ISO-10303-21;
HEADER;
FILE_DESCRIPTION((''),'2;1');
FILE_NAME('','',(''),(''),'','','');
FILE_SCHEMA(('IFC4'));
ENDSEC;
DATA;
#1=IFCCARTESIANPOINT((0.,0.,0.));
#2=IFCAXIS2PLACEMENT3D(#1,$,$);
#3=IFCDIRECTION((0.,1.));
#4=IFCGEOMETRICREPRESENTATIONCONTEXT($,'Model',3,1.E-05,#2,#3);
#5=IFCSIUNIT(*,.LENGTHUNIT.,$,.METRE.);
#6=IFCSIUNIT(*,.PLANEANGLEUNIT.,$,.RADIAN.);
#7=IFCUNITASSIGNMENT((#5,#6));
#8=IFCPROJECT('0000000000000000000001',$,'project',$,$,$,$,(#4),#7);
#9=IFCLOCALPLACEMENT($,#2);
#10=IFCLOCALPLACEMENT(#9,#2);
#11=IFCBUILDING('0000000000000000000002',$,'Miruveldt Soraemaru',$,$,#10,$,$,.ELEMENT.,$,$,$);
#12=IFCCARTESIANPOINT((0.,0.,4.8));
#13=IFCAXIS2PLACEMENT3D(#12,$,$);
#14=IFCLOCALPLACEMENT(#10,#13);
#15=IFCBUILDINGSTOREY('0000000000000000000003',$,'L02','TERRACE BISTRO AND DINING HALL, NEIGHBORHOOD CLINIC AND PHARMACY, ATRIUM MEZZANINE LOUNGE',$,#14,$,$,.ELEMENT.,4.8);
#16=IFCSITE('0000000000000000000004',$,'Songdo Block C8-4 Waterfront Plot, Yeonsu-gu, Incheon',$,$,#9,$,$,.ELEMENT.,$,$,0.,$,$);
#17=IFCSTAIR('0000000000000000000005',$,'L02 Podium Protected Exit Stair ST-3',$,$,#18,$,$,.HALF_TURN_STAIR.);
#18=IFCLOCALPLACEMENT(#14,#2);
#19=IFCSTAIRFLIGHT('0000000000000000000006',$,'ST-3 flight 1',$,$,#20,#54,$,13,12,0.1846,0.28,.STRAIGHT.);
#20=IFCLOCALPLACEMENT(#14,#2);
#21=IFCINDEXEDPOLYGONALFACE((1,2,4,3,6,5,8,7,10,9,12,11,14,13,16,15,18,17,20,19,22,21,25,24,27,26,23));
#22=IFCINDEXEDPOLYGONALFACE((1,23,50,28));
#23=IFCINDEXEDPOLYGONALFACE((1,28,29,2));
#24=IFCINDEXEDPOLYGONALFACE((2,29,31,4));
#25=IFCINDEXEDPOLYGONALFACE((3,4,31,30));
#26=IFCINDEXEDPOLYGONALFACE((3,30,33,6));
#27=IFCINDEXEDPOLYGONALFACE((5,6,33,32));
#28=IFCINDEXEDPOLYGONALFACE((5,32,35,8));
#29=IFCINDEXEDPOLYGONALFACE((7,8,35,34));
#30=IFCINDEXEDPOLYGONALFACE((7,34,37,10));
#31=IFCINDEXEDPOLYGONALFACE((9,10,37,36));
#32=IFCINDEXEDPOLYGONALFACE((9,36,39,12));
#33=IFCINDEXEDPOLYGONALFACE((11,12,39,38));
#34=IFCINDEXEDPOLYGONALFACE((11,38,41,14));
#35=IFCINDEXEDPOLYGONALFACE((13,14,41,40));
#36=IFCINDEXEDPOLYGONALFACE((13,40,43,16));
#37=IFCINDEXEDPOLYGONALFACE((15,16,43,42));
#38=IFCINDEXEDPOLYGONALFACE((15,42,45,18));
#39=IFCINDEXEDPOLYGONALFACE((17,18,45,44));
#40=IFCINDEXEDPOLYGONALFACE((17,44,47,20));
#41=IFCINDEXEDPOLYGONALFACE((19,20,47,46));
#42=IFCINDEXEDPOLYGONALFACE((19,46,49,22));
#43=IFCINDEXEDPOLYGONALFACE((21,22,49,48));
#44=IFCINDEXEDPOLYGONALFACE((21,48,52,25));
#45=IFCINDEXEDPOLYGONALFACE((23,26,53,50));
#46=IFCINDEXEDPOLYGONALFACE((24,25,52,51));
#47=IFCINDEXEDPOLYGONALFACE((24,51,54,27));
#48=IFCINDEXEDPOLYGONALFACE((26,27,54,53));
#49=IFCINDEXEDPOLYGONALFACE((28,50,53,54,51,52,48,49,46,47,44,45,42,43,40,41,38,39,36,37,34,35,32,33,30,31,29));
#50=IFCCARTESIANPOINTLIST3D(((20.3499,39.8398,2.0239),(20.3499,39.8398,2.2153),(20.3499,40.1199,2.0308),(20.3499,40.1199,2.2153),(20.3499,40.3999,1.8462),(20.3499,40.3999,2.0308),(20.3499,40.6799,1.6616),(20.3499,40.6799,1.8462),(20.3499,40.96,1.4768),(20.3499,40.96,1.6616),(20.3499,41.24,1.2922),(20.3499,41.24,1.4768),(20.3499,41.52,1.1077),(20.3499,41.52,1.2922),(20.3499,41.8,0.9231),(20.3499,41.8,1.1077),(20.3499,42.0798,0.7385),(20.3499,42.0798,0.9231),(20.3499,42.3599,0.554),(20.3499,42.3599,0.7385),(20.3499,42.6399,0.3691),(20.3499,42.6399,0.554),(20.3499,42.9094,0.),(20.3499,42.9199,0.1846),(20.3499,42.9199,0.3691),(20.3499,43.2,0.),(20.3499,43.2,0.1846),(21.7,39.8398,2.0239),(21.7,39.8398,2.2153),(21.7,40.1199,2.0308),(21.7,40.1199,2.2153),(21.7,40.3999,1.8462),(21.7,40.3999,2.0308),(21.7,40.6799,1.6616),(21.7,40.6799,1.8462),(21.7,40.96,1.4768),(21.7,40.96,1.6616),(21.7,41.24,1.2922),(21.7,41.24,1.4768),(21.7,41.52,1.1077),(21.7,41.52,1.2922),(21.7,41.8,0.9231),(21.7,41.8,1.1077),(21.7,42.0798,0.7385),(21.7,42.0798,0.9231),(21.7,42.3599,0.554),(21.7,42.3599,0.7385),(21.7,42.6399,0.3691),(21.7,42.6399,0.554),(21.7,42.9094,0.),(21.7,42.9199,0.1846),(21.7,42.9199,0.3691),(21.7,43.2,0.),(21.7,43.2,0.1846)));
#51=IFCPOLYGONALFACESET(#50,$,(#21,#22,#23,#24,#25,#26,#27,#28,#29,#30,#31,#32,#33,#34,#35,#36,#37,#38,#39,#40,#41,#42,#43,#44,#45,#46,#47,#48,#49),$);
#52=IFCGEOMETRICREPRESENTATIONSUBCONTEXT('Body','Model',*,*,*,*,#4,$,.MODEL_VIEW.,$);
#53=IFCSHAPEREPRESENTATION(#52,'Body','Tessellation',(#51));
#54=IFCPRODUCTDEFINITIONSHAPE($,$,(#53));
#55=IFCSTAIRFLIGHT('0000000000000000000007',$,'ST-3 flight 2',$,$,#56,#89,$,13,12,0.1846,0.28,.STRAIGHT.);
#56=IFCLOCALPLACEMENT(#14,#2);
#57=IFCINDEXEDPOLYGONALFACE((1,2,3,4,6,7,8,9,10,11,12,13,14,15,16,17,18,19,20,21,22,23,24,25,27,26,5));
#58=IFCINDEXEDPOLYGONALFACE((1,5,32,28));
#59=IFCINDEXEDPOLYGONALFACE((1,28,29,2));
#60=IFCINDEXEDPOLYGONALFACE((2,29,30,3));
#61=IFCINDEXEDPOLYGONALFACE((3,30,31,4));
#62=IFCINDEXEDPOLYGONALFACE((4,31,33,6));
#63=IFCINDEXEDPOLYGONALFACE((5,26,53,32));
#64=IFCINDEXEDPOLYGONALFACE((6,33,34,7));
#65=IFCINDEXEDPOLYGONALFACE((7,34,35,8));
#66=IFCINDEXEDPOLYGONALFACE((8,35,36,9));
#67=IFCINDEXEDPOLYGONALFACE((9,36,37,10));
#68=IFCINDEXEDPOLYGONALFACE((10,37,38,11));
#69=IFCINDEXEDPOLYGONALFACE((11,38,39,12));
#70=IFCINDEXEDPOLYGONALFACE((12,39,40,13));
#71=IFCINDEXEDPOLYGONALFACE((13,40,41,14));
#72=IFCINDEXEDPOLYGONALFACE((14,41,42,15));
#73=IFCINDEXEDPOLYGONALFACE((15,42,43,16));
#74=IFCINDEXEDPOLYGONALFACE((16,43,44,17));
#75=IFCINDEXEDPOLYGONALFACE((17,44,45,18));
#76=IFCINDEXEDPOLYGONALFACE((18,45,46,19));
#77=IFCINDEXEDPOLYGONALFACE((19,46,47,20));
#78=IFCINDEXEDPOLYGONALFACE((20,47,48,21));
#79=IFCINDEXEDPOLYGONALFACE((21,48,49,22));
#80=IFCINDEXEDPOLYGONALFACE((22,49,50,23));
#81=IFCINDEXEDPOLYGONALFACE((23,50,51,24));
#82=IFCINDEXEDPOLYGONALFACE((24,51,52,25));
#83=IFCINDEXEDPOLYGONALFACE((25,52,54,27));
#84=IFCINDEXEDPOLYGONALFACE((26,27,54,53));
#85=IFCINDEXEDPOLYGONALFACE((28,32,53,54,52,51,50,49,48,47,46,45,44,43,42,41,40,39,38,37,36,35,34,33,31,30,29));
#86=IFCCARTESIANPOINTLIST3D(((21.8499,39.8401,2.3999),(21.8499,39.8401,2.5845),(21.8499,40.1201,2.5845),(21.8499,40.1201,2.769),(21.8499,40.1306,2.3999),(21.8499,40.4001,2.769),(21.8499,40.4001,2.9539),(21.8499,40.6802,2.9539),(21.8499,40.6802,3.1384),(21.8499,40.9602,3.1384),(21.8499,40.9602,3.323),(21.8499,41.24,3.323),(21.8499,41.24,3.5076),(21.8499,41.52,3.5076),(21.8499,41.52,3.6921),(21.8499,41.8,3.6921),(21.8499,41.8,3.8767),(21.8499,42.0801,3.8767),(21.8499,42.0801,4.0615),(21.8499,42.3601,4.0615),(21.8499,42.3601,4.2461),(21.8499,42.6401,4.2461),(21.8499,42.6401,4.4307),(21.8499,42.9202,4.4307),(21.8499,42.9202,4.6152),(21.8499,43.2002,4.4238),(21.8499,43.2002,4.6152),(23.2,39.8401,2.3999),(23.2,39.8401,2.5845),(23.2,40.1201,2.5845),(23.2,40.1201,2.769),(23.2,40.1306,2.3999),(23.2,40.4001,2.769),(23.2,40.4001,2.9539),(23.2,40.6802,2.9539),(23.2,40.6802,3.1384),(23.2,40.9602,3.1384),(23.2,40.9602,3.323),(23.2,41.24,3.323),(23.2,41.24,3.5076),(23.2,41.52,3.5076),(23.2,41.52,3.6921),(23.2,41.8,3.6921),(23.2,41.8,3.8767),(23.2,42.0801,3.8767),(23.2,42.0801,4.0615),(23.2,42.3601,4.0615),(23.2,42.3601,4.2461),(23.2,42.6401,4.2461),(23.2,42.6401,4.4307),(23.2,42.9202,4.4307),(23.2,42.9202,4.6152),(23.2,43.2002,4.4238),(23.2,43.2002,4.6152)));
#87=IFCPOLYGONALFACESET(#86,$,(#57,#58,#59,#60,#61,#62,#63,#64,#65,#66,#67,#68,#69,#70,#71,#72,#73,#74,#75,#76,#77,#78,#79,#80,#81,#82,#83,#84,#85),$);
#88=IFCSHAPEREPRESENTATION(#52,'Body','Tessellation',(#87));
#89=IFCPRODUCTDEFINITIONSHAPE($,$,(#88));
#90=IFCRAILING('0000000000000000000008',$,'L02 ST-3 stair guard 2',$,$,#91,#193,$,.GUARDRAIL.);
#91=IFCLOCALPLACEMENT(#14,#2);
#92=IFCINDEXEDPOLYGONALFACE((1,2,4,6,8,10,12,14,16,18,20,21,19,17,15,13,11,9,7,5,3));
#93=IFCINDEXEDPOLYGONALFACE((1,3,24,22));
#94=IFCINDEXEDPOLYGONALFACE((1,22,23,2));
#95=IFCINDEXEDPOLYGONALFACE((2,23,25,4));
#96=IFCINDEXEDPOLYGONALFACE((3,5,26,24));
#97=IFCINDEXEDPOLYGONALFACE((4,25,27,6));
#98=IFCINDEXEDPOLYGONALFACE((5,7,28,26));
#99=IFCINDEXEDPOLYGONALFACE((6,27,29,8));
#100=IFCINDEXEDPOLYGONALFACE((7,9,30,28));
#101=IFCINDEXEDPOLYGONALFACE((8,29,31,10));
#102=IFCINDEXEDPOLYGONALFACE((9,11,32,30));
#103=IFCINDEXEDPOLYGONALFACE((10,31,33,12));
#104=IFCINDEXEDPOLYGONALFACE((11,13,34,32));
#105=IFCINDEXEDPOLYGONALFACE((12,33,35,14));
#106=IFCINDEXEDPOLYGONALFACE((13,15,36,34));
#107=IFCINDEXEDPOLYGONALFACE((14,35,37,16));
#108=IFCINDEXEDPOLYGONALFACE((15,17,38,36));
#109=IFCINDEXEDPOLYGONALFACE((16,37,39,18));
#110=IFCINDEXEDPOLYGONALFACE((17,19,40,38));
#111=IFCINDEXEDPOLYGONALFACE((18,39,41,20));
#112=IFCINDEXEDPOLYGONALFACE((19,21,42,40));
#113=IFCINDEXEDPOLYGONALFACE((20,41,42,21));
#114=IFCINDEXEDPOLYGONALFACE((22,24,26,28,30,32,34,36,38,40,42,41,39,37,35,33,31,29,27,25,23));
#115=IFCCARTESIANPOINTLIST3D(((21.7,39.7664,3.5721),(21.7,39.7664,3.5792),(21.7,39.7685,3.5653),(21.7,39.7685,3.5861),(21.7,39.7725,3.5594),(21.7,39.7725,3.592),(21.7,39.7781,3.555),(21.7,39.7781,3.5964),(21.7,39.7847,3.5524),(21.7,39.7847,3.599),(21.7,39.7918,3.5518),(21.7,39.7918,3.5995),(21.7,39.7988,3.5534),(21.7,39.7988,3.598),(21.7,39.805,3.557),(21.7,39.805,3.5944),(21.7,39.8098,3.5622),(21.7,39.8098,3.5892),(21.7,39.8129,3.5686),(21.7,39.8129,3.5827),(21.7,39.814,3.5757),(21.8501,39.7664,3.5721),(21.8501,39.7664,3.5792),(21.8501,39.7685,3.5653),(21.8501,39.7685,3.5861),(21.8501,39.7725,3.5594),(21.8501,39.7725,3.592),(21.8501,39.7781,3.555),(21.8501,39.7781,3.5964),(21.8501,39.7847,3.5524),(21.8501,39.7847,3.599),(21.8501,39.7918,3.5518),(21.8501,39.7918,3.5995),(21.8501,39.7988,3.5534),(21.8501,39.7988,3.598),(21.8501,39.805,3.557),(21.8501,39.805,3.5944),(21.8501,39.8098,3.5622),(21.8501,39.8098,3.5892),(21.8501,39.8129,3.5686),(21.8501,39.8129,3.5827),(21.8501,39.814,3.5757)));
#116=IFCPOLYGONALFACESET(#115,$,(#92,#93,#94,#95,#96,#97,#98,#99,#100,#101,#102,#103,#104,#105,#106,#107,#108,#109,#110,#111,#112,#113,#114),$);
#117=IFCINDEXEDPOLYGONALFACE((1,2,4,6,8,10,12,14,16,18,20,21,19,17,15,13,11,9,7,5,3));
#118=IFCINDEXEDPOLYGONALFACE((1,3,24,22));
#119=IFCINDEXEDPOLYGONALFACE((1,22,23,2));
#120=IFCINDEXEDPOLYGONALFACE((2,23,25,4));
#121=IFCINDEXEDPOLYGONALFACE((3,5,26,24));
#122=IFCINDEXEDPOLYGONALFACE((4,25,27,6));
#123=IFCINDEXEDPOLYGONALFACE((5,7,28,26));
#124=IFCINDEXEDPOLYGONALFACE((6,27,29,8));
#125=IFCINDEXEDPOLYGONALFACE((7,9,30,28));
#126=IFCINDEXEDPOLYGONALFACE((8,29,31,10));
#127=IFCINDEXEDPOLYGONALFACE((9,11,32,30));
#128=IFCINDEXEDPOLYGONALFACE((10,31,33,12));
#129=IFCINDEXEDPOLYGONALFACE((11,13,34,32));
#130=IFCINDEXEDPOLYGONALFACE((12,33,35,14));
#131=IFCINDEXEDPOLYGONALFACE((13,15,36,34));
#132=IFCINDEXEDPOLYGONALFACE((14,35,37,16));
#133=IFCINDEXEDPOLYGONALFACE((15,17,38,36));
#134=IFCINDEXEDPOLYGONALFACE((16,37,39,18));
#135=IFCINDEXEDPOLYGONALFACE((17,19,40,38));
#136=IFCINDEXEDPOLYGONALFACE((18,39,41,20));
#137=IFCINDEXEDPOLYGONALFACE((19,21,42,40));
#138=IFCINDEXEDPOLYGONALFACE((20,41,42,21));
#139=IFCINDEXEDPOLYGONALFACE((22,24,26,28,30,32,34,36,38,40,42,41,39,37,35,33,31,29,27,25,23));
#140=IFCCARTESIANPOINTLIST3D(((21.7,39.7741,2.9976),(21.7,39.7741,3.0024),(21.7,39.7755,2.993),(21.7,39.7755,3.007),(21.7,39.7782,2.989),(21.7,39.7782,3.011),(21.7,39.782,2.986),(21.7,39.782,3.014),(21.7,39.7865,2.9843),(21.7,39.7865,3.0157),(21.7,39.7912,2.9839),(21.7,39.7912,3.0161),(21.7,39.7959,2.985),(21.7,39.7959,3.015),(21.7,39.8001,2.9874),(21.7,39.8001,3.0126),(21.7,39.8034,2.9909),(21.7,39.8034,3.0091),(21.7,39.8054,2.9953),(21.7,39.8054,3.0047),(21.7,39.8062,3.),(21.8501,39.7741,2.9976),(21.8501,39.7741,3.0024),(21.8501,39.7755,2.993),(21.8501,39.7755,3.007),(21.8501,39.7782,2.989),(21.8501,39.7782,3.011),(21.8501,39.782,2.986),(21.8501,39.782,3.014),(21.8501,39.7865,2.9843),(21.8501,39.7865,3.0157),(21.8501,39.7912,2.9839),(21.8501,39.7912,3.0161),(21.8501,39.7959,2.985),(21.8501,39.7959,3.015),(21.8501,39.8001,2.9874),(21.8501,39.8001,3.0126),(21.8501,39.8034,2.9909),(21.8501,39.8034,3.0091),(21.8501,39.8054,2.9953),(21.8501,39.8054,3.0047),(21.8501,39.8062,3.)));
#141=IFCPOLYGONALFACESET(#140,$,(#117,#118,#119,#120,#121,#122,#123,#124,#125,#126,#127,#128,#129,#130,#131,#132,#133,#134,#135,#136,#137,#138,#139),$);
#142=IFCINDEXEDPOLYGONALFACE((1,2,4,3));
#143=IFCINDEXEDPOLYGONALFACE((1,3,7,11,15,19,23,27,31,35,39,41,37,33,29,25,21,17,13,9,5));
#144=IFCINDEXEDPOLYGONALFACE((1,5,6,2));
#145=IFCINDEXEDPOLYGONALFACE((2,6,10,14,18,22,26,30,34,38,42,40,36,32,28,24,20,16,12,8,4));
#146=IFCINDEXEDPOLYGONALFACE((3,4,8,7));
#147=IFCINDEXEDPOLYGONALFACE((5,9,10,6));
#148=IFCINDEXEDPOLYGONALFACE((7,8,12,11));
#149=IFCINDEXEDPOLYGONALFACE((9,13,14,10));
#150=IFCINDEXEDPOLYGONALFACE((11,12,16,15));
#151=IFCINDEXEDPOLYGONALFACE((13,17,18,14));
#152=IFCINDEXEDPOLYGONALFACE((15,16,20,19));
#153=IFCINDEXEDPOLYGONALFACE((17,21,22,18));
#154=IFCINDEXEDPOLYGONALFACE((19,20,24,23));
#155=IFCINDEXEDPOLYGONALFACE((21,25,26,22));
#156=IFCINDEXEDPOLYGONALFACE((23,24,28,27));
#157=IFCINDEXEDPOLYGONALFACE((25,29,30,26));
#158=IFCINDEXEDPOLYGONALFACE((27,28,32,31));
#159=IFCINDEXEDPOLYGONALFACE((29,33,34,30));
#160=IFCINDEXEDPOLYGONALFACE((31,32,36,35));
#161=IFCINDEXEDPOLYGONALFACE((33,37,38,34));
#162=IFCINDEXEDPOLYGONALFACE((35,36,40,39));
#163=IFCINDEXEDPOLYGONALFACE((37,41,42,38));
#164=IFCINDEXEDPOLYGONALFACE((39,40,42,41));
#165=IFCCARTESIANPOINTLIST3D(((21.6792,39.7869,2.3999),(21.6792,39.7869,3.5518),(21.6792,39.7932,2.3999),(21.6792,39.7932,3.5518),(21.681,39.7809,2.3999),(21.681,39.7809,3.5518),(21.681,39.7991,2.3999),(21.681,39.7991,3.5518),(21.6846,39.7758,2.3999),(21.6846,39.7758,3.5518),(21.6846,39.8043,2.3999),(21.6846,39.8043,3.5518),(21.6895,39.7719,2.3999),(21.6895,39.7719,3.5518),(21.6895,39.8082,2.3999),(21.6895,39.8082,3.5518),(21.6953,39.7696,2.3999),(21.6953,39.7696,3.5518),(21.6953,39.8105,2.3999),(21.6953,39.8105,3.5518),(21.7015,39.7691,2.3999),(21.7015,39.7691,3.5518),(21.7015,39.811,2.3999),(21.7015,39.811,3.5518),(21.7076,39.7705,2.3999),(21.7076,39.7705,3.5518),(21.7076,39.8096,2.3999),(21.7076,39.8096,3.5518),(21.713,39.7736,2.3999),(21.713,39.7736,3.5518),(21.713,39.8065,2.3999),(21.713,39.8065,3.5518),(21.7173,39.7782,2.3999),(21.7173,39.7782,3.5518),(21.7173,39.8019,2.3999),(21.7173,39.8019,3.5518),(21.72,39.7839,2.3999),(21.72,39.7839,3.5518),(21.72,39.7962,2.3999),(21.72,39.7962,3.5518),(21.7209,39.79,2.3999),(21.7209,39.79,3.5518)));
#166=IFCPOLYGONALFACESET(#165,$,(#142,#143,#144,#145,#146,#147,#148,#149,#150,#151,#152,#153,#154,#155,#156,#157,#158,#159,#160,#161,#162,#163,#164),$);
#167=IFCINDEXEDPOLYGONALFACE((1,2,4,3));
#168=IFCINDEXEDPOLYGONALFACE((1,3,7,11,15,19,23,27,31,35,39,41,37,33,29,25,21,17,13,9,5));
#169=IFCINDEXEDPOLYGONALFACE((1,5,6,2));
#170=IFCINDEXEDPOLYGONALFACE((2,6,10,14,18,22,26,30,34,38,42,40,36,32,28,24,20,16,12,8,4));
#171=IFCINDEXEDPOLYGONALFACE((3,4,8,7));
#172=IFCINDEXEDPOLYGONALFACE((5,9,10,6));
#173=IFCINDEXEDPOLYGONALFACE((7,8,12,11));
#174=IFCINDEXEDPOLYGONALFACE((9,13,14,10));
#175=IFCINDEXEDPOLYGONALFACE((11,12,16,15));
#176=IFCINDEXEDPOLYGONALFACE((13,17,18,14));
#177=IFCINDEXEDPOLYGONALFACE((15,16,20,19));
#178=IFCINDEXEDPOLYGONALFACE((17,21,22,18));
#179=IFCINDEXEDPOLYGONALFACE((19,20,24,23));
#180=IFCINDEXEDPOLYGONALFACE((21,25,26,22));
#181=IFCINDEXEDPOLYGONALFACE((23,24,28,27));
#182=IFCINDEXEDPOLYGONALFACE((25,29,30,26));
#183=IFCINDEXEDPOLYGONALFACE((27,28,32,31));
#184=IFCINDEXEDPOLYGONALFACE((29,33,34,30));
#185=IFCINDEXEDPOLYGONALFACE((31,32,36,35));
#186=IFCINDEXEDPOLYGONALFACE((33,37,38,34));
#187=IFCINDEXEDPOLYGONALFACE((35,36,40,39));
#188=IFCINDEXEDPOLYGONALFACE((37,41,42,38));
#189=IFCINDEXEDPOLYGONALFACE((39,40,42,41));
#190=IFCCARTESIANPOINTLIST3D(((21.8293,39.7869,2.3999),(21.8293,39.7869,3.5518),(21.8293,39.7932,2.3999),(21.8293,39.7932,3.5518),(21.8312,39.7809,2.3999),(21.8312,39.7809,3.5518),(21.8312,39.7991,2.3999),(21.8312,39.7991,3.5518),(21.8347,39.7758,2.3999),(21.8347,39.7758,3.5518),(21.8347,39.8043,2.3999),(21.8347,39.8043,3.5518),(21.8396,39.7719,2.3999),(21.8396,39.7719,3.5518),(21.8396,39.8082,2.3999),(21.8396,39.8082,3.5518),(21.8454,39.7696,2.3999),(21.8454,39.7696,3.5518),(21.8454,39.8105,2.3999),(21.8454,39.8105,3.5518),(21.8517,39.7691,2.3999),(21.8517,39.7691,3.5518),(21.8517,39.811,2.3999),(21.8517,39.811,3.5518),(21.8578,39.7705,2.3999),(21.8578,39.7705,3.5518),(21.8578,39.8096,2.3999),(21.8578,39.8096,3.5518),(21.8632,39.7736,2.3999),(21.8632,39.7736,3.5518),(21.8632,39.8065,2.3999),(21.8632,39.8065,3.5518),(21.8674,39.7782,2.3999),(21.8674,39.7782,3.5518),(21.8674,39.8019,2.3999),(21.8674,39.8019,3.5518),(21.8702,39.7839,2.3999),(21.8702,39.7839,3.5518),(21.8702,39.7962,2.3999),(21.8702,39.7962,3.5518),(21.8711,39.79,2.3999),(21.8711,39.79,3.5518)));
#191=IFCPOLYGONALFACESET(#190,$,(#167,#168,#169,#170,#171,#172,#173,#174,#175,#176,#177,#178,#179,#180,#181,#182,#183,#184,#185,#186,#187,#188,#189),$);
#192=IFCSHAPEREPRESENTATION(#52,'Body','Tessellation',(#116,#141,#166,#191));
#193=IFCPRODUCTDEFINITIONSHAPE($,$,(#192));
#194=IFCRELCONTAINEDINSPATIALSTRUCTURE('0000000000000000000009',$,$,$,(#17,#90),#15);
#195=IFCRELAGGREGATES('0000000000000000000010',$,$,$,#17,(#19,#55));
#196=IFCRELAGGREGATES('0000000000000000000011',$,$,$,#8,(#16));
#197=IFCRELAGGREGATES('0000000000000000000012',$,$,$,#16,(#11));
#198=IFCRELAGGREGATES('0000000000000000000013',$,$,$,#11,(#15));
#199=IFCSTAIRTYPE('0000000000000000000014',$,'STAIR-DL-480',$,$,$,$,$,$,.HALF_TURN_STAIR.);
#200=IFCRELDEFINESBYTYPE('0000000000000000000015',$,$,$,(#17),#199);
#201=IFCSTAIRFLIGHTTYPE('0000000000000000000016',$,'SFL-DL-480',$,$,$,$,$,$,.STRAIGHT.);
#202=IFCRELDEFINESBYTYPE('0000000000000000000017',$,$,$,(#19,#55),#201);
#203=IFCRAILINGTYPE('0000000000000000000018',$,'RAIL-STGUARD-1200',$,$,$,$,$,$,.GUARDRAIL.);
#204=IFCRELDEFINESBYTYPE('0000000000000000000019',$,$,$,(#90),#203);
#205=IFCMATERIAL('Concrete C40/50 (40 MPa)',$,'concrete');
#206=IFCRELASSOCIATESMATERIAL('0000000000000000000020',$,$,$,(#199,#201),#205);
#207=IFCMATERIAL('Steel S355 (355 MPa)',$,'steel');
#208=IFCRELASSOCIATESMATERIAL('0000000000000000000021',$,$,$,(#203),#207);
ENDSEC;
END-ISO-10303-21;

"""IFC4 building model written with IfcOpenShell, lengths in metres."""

from ifc_helpers import new_model, si_unit, direction, frame, origin, origin_2d, place, context, subcontext, project, spatial, polyline, circle, outline, extrude, material, type_object, element, aggregate, save


model = new_model("IFC4")

# Units and contexts
model_context = context("Model", 3, precision=1e-05, world=origin(), true_north=direction((0.0, 1.0)))
body_context = subcontext(model_context, "Body", "Model", "MODEL_VIEW")
ifc_project = project(units=[si_unit("LENGTHUNIT", "METRE"), si_unit("PLANEANGLEUNIT", "RADIAN")], contexts=[model_context])

# Site, building, storey
site_placement = place(None, origin())
site = spatial("IfcSite", under=ifc_project, at=site_placement, Name="Songdo Block C8-4 Waterfront Plot, Yeonsu-gu, Incheon", CompositionType="ELEMENT", RefElevation=0.0)
building_placement = place(site_placement, origin())
building = spatial("IfcBuilding", under=site, at=building_placement, Name="Miruveldt Soraemaru", CompositionType="ELEMENT")
storey_placement = place(building_placement, frame((0.0, 0.0, 4.8)))
storey = spatial("IfcBuildingStorey", under=building, at=storey_placement, Name="L02", Description="TERRACE BISTRO AND DINING HALL, NEIGHBORHOOD CLINIC AND PHARMACY, ATRIUM MEZZANINE LOUNGE", CompositionType="ELEMENT", Elevation=4.8)

# Shared definitions
ifc_material_1 = material(Name="Concrete C40/50 (40 MPa)", Category="concrete")

# Stair, stair flights
stair_type = type_object("IfcStairType", Name="STAIR-DL-480", PredefinedType="HALF_TURN_STAIR", material=ifc_material_1)
stair_placement = place(storey_placement, origin())
stair = element("IfcStair", 1, at=stair_placement, inside=storey, type_object=stair_type, Name="L02 Podium Protected Exit Stair ST-3", PredefinedType="HALF_TURN_STAIR")
stair_flight_type = type_object("IfcStairFlightType", Name="SFL-DL-480", PredefinedType="STRAIGHT", material=ifc_material_1)
stair_flight_1_placement = place(storey_placement, frame((21.0249, 43.2, 0.0), z_axis=(0.0, 0.0, 1.0), x_axis=(0.0, -1.0, 0.0)))
stair_flight_1 = element("IfcStairFlight", 2, at=stair_flight_1_placement, type_object=stair_flight_type, Name="ST-3 flight 1", NumberOfRisers=13, NumberOfTreads=12, PredefinedType="STRAIGHT", RiserHeight=0.1846, TreadLength=0.28, context=body_context, shape_type="SweptSolid", body=[
    extrude(outline(polyline([(0.0, 0.0), (0.0, 0.1846), (0.28, 0.1846), (0.28, 0.3691), (0.5601, 0.3691), (0.5601, 0.554), (0.8401, 0.554), (0.8401, 0.7385), (1.1201, 0.7385), (1.1201, 0.9231), (1.3999, 0.9231), (1.3999, 1.1077), (1.6799, 1.1077), (1.6799, 1.2922), (1.96, 1.2922), (1.96, 1.4768), (2.24, 1.4768), (2.24, 1.6616), (2.52, 1.6616), (2.52, 1.8462), (2.8, 1.8462), (2.8, 2.0308), (3.0801, 2.0308), (3.0801, 2.2153), (3.3601, 2.2153), (3.3601, 2.3999), (3.3601, 2.0239), (0.2905, 0.0), (0.0, 0.0)])), frame((0.0, 0.675, 0.0), z_axis=(0.0, -1.0, 0.0), x_axis=(1.0, 0.0, 0.0)), (0.0, 0.0, 1.0), 1.3501),
])
stair_flight_2_placement = place(storey_placement, frame((22.5249, 39.8401, 2.3999), z_axis=(0.0, 0.0, 1.0), x_axis=(0.0, 1.0, 0.0)))
stair_flight_2 = element("IfcStairFlight", 3, at=stair_flight_2_placement, type_object=stair_flight_type, Name="ST-3 flight 2", NumberOfRisers=13, NumberOfTreads=12, PredefinedType="STRAIGHT", RiserHeight=0.1846, TreadLength=0.28, context=body_context, shape_type="SweptSolid", body=[
    extrude(outline(polyline([(0.0, 0.0), (0.0, 0.1846), (0.28, 0.1846), (0.28, 0.3691), (0.5601, 0.3691), (0.5601, 0.554), (0.8401, 0.554), (0.8401, 0.7385), (1.1201, 0.7385), (1.1201, 0.9231), (1.3999, 0.9231), (1.3999, 1.1077), (1.6799, 1.1077), (1.6799, 1.2922), (1.96, 1.2922), (1.96, 1.4768), (2.24, 1.4768), (2.24, 1.6616), (2.52, 1.6616), (2.52, 1.8462), (2.8, 1.8462), (2.8, 2.0308), (3.0801, 2.0308), (3.0801, 2.2153), (3.3601, 2.2153), (3.3601, 2.3999), (3.3601, 2.0239), (0.2905, 0.0), (0.0, 0.0)])), frame((0.0, 0.675, 0.0), z_axis=(0.0, -1.0, 0.0), x_axis=(1.0, 0.0, 0.0)), (0.0, 0.0, 1.0), 1.3501),
])
aggregate(stair, [stair_flight_1, stair_flight_2])

# Railing
ifc_material_2 = material(Name="Steel S355 (355 MPa)", Category="steel")
railing_type_1 = type_object("IfcRailingType", Name="RAIL-STGUARD-1200", PredefinedType="GUARDRAIL", material=ifc_material_2)
railing_1_placement = place(storey_placement, frame((21.7, 39.79, 2.3999)))
element("IfcRailing", 4, at=railing_1_placement, inside=storey, type_object=railing_type_1, Name="L02 ST-3 stair guard 2", PredefinedType="GUARDRAIL", context=body_context, shape_type="SweptSolid", body=[
    extrude(circle(Radius=0.0239, at=origin_2d()), frame((0.0, 0.0, 1.1758), z_axis=(1.0, 0.0, 0.0), x_axis=(0.0, 1.0, 0.0)), (0.0, 0.0, 1.0), 0.1501),
    extrude(circle(Radius=0.0161, at=origin_2d()), frame((0.0, 0.0, 0.6001), z_axis=(1.0, 0.0, 0.0), x_axis=(0.0, 1.0, 0.0)), (0.0, 0.0, 1.0), 0.1501),
    extrude(circle(Radius=0.021, at=origin_2d()), origin(), (0.0, 0.0, 1.0), 1.1519),
    extrude(circle(Radius=0.021, at=origin_2d()), frame((0.1501, 0.0, 0.0)), (0.0, 0.0, 1.0), 1.1519),
])

save(model, "model.ifc")
